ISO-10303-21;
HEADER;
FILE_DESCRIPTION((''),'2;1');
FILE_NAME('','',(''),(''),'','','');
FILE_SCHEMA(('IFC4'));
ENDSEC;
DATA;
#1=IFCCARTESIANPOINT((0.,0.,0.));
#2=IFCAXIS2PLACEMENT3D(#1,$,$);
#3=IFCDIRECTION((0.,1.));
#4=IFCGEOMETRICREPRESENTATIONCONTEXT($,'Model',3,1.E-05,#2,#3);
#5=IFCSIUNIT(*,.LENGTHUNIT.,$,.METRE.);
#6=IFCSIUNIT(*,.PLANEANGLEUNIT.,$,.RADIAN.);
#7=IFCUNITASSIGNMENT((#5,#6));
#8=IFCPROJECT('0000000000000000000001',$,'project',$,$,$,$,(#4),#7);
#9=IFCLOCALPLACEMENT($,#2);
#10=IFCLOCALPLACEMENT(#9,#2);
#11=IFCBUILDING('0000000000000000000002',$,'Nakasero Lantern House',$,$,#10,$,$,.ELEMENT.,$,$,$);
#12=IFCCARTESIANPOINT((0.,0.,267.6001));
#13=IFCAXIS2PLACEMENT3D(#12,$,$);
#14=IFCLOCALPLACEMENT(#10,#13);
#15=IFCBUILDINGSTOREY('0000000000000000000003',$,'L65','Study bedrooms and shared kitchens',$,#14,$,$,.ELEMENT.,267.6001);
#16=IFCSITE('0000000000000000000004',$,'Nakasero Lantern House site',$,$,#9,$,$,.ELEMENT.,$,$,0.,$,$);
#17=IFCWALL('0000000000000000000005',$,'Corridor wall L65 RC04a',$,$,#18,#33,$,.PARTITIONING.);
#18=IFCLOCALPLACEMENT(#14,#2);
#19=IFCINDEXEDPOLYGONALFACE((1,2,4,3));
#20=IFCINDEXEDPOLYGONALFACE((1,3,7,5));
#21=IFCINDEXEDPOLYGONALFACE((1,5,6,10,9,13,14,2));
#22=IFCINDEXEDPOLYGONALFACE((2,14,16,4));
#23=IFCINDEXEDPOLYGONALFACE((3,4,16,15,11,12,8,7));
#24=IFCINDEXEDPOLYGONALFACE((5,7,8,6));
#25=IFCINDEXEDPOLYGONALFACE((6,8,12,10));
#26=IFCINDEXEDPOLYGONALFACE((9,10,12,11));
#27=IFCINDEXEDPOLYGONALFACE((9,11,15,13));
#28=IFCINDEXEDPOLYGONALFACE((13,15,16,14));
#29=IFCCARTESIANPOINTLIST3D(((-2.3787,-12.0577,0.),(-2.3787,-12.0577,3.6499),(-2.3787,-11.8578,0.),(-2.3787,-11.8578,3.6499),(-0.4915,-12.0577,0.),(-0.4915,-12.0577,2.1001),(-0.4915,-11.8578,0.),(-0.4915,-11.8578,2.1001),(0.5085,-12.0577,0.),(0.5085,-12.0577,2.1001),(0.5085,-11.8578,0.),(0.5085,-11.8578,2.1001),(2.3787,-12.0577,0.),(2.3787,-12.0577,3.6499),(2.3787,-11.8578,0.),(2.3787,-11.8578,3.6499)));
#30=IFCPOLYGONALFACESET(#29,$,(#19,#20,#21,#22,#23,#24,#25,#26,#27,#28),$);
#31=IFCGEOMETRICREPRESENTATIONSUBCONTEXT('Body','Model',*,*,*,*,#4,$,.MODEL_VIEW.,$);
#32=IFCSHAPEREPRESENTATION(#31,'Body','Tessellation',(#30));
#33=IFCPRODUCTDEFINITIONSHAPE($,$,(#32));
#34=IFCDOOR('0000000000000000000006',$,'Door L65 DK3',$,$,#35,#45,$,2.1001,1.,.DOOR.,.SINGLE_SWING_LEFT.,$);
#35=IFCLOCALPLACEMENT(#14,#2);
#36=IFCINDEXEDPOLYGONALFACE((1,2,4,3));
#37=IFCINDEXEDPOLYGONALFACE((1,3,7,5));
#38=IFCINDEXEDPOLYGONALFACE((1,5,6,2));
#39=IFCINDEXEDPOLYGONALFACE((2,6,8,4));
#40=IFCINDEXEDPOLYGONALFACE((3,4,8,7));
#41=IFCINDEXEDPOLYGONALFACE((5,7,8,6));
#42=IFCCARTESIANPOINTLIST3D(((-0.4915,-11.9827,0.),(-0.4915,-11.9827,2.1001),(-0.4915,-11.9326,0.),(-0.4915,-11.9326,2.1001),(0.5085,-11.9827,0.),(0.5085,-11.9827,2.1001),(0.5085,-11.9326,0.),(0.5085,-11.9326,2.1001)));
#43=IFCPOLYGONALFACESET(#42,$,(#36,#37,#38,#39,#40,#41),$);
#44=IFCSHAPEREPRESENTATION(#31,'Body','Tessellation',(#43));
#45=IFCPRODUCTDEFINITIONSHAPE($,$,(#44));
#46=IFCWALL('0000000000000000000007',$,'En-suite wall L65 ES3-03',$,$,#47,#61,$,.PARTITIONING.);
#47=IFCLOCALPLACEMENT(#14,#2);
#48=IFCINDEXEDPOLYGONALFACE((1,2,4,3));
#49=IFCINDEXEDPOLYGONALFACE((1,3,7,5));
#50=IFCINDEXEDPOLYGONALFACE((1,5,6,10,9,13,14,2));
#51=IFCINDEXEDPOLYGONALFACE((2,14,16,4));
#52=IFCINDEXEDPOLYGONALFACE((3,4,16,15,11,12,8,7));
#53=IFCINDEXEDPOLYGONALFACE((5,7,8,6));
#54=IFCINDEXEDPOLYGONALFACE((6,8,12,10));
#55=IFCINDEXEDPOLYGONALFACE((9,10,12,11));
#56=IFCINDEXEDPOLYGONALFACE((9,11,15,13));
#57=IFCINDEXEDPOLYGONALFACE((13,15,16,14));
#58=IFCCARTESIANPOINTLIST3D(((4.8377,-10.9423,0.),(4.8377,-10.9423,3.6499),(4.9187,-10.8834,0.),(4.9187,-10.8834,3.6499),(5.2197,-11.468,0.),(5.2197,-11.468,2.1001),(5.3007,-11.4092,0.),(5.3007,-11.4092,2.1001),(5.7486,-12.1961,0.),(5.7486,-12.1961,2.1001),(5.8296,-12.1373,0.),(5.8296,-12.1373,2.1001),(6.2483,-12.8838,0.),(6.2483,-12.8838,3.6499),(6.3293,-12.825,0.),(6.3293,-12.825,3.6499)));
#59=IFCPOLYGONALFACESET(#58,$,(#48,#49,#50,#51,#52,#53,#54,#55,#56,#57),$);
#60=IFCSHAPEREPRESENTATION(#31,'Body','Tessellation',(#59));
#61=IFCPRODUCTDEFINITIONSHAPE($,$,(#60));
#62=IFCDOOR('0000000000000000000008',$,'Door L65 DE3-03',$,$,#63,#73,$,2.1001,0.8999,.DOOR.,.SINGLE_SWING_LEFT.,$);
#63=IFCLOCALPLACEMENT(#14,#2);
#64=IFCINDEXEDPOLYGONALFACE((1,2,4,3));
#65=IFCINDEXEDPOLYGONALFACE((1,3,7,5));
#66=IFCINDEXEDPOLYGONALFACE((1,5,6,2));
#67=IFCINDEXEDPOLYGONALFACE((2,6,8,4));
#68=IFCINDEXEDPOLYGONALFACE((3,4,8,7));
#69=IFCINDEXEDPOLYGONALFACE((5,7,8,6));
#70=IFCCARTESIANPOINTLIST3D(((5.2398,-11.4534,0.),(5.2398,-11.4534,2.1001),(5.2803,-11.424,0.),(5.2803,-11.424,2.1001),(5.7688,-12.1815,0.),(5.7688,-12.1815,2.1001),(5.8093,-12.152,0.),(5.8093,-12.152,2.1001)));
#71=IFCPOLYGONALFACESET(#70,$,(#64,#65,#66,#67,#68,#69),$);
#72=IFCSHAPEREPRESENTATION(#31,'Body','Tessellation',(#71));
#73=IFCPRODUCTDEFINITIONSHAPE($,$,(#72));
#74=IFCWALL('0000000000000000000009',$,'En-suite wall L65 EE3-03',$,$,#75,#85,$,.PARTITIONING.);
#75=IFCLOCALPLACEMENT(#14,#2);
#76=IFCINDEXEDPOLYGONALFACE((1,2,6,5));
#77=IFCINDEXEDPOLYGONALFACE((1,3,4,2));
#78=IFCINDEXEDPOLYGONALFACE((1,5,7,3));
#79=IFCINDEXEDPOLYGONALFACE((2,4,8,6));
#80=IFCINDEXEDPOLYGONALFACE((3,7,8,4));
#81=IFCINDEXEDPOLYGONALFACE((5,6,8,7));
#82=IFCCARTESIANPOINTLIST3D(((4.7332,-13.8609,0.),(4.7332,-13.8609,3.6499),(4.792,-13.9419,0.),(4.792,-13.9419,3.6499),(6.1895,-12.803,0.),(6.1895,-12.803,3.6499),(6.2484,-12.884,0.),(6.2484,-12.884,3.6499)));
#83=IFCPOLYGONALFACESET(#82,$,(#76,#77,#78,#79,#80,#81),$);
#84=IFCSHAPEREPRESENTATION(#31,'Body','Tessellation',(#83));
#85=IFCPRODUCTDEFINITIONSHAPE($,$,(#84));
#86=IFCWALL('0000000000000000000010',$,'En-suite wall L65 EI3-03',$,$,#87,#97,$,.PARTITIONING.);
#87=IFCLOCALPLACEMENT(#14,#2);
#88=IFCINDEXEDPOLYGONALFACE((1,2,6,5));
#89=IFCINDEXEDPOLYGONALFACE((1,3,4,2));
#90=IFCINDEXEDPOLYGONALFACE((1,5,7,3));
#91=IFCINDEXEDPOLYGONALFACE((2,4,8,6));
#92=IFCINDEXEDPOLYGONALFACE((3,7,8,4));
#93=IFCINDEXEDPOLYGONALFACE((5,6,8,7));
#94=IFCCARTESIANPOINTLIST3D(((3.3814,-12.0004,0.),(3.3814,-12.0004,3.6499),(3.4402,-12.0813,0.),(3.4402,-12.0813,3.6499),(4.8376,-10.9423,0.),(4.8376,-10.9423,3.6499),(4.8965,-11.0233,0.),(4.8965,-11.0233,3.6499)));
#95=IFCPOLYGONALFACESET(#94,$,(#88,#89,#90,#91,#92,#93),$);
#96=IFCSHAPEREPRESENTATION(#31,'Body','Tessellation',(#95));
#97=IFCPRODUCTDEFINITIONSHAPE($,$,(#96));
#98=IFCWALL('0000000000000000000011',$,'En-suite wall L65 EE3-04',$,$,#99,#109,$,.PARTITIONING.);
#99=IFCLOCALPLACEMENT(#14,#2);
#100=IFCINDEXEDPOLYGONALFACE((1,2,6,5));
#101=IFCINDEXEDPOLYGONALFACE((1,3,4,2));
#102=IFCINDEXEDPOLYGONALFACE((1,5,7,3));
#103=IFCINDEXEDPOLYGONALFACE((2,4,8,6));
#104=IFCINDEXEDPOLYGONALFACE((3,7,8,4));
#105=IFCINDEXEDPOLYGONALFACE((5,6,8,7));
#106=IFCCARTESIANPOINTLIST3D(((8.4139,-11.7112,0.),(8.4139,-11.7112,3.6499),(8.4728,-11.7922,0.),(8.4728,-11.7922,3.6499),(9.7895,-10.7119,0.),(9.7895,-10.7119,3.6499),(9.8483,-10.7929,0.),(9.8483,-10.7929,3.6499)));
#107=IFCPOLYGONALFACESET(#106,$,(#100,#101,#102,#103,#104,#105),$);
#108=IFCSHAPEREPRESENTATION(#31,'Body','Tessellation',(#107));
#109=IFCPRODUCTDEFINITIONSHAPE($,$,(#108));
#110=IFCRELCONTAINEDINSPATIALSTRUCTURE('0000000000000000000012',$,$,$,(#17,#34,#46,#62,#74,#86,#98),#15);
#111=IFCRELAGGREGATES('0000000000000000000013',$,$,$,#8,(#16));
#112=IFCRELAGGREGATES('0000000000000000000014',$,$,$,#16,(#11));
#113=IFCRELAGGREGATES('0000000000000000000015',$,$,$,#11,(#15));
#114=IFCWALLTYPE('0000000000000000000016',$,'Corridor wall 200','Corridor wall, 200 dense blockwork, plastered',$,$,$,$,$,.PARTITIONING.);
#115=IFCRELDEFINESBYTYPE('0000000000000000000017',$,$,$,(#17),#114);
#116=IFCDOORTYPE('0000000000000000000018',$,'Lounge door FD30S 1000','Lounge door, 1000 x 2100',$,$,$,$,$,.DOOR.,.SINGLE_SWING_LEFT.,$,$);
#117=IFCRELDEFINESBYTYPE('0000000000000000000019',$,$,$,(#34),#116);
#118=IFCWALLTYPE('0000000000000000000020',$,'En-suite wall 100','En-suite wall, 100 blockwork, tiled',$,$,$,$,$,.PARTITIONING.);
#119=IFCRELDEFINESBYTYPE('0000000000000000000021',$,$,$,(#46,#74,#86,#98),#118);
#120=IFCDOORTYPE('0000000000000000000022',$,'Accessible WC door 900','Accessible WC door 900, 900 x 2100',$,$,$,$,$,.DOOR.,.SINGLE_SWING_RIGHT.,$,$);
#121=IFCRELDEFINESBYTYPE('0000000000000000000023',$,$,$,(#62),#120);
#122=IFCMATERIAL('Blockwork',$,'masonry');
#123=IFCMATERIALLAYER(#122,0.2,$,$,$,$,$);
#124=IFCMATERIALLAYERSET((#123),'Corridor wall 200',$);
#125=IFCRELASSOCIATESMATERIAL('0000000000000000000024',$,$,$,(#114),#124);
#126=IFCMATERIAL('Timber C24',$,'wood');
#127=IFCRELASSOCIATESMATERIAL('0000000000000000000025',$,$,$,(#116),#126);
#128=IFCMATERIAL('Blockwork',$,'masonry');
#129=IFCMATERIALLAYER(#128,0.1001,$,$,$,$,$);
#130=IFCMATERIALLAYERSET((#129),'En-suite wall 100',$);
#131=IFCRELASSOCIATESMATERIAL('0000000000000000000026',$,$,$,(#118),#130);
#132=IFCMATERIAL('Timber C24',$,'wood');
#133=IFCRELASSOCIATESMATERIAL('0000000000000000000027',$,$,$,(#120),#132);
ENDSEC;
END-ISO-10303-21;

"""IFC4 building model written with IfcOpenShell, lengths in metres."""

from ifc_helpers import new_model, si_unit, direction, frame, frame_2d, origin, place, context, subcontext, project, spatial, rectangle, extrude, material, layer, layer_set, type_object, element, fill, save


model = new_model("IFC4")

# Units and contexts
model_context = context("Model", 3, precision=1e-05, world=origin(), true_north=direction((0.0, 1.0)))
body_context = subcontext(model_context, "Body", "Model", "MODEL_VIEW")
ifc_project = project(units=[si_unit("LENGTHUNIT", "METRE"), si_unit("PLANEANGLEUNIT", "RADIAN")], contexts=[model_context])

# Site, building, storey
site_placement = place(None, origin())
site = spatial("IfcSite", under=ifc_project, at=site_placement, Name="Nakasero Lantern House site", CompositionType="ELEMENT", RefElevation=0.0)
building_placement = place(site_placement, origin())
building = spatial("IfcBuilding", under=site, at=building_placement, Name="Nakasero Lantern House", CompositionType="ELEMENT")
storey_placement = place(building_placement, frame((0.0, 0.0, 267.6001)))
storey = spatial("IfcBuildingStorey", under=building, at=storey_placement, Name="L65", Description="Study bedrooms and shared kitchens", CompositionType="ELEMENT", Elevation=267.6001)

# Walls, openings, doors
ifc_material_1 = material(Name="Blockwork", Category="masonry")
ifc_layer_1 = layer(ifc_material_1, 0.2)
ifc_layer_set_1 = layer_set([ifc_layer_1], Name="Corridor wall 200")
wall_type_1 = type_object("IfcWallType", Name="Corridor wall 200", Description="Corridor wall, 200 dense blockwork, plastered", PredefinedType="PARTITIONING", material=ifc_layer_set_1)
wall_1_placement = place(storey_placement, frame((2.3787, -11.9578, 0.0), z_axis=(0.0, 0.0, 1.0), x_axis=(-1.0, 0.0, 0.0)))
wall_1 = element("IfcWall", 1, at=wall_1_placement, inside=storey, type_object=wall_type_1, Name="Corridor wall L65 RC04a", PredefinedType="PARTITIONING", context=body_context, shape_type="SweptSolid", body=[
    extrude(rectangle(XDim=4.7573, YDim=0.2, at=frame_2d((2.3787, 0.0))), origin(), (0.0, 0.0, 1.0), 3.6499),
])
opening_1_placement = place(wall_1_placement, frame((1.8701, 0.0, 0.0)))
opening_1 = element("IfcOpeningElement", 2, at=opening_1_placement, cuts=wall_1, PredefinedType="OPENING", context=body_context, shape_type="SweptSolid", body=[
    extrude(rectangle(XDim=1.0, YDim=2.1001, at=frame_2d((0.5, 1.05))), frame((0.0, 0.1199, 0.0), z_axis=(0.0, -1.0, 0.0), x_axis=(1.0, 0.0, 0.0)), (0.0, 0.0, 1.0), 0.24),
])
ifc_material_2 = material(Name="Timber C24", Category="wood")
door_type_1 = type_object("IfcDoorType", Name="Lounge door FD30S 1000", Description="Lounge door, 1000 x 2100", OperationType="SINGLE_SWING_LEFT", PredefinedType="DOOR", material=ifc_material_2)
door_1_placement = place(opening_1_placement, origin())
door_1 = element("IfcDoor", 3, at=door_1_placement, inside=storey, type_object=door_type_1, Name="Door L65 DK3", OperationType="SINGLE_SWING_LEFT", OverallHeight=2.1001, OverallWidth=1.0, PredefinedType="DOOR", context=body_context, shape_type="SweptSolid", body=[
    extrude(rectangle(XDim=1.0, YDim=2.1001, at=frame_2d((0.5, 1.05))), frame((0.0, 0.0249, 0.0), z_axis=(0.0, -1.0, 0.0), x_axis=(1.0, 0.0, 0.0)), (0.0, 0.0, 1.0), 0.05),
])
fill(opening_1, door_1)
ifc_material_3 = material(Name="Blockwork", Category="masonry")
ifc_layer_2 = layer(ifc_material_3, 0.1001)
ifc_layer_set_2 = layer_set([ifc_layer_2], Name="En-suite wall 100")
wall_type_2 = type_object("IfcWallType", Name="En-suite wall 100", Description="En-suite wall, 100 blockwork, tiled", PredefinedType="PARTITIONING", material=ifc_layer_set_2)
wall_2_placement = place(storey_placement, frame((4.8782, -10.9128, 0.0), z_axis=(0.0, 0.0, 1.0), x_axis=(0.587772, -0.809026, 0.0)))
wall_2 = element("IfcWall", 4, at=wall_2_placement, inside=storey, type_object=wall_type_2, Name="En-suite wall L65 ES3-03", PredefinedType="PARTITIONING", context=body_context, shape_type="SweptSolid", body=[
    extrude(rectangle(XDim=2.3999, YDim=0.1001, at=frame_2d((1.2, 0.0))), origin(), (0.0, 0.0, 1.0), 3.6499),
])
opening_2_placement = place(wall_2_placement, frame((0.6499, 0.0, 0.0)))
opening_2 = element("IfcOpeningElement", 5, at=opening_2_placement, cuts=wall_2, PredefinedType="OPENING", context=body_context, shape_type="SweptSolid", body=[
    extrude(rectangle(XDim=0.8999, YDim=2.1001, at=frame_2d((0.45, 1.05))), frame((0.0, 0.0701, 0.0), z_axis=(0.0, -1.0, 0.0), x_axis=(1.0, 0.0, 0.0)), (0.0, 0.0, 1.0), 0.1401),
])
ifc_material_4 = material(Name="Timber C24", Category="wood")
door_type_2 = type_object("IfcDoorType", Name="Accessible WC door 900", Description="Accessible WC door 900, 900 x 2100", OperationType="SINGLE_SWING_RIGHT", PredefinedType="DOOR", material=ifc_material_4)
door_2_placement = place(opening_2_placement, origin())
door_2 = element("IfcDoor", 6, at=door_2_placement, inside=storey, type_object=door_type_2, Name="Door L65 DE3-03", OperationType="SINGLE_SWING_LEFT", OverallHeight=2.1001, OverallWidth=0.8999, PredefinedType="DOOR", context=body_context, shape_type="SweptSolid", body=[
    extrude(rectangle(XDim=0.8999, YDim=2.1001, at=frame_2d((0.45, 1.05))), frame((0.0, 0.0249, 0.0), z_axis=(0.0, -1.0, 0.0), x_axis=(1.0, 0.0, 0.0)), (0.0, 0.0, 1.0), 0.05),
])
fill(opening_2, door_2)

# Walls
for number, where, z_axis, x_axis, name in (
    (7, (4.7627, -13.9014, 0.0), (0.0, 0.0, 1.0), (0.80907, 0.587712, 0.0), "En-suite wall L65 EE3-03"),
    (8, (3.4109, -12.0408, 0.0), (0.0, 0.0, 1.0), (0.809006, 0.587801, 0.0), "En-suite wall L65 EI3-03"),
):
    element("IfcWall", number, at=place(storey_placement, frame(where, z_axis=z_axis, x_axis=x_axis)), inside=storey, type_object=wall_type_2, Name=name, PredefinedType="PARTITIONING", context=body_context, shape_type="SweptSolid", body=[
        extrude(rectangle(XDim=1.8, YDim=0.1001, at=frame_2d((0.8999, 0.0))), origin(), (0.0, 0.0, 1.0), 3.6499),
    ])
wall_3_placement = place(storey_placement, frame((8.4434, -11.7517, 0.0), z_axis=(0.0, 0.0, 1.0), x_axis=(0.80904, 0.587753, 0.0)))
element("IfcWall", 9, at=wall_3_placement, inside=storey, type_object=wall_type_2, Name="En-suite wall L65 EE3-04", PredefinedType="PARTITIONING", context=body_context, shape_type="SweptSolid", body=[
    extrude(rectangle(XDim=1.7002, YDim=0.1001, at=frame_2d((0.8501, 0.0))), origin(), (0.0, 0.0, 1.0), 3.6499),
])

save(model, "model.ifc")
